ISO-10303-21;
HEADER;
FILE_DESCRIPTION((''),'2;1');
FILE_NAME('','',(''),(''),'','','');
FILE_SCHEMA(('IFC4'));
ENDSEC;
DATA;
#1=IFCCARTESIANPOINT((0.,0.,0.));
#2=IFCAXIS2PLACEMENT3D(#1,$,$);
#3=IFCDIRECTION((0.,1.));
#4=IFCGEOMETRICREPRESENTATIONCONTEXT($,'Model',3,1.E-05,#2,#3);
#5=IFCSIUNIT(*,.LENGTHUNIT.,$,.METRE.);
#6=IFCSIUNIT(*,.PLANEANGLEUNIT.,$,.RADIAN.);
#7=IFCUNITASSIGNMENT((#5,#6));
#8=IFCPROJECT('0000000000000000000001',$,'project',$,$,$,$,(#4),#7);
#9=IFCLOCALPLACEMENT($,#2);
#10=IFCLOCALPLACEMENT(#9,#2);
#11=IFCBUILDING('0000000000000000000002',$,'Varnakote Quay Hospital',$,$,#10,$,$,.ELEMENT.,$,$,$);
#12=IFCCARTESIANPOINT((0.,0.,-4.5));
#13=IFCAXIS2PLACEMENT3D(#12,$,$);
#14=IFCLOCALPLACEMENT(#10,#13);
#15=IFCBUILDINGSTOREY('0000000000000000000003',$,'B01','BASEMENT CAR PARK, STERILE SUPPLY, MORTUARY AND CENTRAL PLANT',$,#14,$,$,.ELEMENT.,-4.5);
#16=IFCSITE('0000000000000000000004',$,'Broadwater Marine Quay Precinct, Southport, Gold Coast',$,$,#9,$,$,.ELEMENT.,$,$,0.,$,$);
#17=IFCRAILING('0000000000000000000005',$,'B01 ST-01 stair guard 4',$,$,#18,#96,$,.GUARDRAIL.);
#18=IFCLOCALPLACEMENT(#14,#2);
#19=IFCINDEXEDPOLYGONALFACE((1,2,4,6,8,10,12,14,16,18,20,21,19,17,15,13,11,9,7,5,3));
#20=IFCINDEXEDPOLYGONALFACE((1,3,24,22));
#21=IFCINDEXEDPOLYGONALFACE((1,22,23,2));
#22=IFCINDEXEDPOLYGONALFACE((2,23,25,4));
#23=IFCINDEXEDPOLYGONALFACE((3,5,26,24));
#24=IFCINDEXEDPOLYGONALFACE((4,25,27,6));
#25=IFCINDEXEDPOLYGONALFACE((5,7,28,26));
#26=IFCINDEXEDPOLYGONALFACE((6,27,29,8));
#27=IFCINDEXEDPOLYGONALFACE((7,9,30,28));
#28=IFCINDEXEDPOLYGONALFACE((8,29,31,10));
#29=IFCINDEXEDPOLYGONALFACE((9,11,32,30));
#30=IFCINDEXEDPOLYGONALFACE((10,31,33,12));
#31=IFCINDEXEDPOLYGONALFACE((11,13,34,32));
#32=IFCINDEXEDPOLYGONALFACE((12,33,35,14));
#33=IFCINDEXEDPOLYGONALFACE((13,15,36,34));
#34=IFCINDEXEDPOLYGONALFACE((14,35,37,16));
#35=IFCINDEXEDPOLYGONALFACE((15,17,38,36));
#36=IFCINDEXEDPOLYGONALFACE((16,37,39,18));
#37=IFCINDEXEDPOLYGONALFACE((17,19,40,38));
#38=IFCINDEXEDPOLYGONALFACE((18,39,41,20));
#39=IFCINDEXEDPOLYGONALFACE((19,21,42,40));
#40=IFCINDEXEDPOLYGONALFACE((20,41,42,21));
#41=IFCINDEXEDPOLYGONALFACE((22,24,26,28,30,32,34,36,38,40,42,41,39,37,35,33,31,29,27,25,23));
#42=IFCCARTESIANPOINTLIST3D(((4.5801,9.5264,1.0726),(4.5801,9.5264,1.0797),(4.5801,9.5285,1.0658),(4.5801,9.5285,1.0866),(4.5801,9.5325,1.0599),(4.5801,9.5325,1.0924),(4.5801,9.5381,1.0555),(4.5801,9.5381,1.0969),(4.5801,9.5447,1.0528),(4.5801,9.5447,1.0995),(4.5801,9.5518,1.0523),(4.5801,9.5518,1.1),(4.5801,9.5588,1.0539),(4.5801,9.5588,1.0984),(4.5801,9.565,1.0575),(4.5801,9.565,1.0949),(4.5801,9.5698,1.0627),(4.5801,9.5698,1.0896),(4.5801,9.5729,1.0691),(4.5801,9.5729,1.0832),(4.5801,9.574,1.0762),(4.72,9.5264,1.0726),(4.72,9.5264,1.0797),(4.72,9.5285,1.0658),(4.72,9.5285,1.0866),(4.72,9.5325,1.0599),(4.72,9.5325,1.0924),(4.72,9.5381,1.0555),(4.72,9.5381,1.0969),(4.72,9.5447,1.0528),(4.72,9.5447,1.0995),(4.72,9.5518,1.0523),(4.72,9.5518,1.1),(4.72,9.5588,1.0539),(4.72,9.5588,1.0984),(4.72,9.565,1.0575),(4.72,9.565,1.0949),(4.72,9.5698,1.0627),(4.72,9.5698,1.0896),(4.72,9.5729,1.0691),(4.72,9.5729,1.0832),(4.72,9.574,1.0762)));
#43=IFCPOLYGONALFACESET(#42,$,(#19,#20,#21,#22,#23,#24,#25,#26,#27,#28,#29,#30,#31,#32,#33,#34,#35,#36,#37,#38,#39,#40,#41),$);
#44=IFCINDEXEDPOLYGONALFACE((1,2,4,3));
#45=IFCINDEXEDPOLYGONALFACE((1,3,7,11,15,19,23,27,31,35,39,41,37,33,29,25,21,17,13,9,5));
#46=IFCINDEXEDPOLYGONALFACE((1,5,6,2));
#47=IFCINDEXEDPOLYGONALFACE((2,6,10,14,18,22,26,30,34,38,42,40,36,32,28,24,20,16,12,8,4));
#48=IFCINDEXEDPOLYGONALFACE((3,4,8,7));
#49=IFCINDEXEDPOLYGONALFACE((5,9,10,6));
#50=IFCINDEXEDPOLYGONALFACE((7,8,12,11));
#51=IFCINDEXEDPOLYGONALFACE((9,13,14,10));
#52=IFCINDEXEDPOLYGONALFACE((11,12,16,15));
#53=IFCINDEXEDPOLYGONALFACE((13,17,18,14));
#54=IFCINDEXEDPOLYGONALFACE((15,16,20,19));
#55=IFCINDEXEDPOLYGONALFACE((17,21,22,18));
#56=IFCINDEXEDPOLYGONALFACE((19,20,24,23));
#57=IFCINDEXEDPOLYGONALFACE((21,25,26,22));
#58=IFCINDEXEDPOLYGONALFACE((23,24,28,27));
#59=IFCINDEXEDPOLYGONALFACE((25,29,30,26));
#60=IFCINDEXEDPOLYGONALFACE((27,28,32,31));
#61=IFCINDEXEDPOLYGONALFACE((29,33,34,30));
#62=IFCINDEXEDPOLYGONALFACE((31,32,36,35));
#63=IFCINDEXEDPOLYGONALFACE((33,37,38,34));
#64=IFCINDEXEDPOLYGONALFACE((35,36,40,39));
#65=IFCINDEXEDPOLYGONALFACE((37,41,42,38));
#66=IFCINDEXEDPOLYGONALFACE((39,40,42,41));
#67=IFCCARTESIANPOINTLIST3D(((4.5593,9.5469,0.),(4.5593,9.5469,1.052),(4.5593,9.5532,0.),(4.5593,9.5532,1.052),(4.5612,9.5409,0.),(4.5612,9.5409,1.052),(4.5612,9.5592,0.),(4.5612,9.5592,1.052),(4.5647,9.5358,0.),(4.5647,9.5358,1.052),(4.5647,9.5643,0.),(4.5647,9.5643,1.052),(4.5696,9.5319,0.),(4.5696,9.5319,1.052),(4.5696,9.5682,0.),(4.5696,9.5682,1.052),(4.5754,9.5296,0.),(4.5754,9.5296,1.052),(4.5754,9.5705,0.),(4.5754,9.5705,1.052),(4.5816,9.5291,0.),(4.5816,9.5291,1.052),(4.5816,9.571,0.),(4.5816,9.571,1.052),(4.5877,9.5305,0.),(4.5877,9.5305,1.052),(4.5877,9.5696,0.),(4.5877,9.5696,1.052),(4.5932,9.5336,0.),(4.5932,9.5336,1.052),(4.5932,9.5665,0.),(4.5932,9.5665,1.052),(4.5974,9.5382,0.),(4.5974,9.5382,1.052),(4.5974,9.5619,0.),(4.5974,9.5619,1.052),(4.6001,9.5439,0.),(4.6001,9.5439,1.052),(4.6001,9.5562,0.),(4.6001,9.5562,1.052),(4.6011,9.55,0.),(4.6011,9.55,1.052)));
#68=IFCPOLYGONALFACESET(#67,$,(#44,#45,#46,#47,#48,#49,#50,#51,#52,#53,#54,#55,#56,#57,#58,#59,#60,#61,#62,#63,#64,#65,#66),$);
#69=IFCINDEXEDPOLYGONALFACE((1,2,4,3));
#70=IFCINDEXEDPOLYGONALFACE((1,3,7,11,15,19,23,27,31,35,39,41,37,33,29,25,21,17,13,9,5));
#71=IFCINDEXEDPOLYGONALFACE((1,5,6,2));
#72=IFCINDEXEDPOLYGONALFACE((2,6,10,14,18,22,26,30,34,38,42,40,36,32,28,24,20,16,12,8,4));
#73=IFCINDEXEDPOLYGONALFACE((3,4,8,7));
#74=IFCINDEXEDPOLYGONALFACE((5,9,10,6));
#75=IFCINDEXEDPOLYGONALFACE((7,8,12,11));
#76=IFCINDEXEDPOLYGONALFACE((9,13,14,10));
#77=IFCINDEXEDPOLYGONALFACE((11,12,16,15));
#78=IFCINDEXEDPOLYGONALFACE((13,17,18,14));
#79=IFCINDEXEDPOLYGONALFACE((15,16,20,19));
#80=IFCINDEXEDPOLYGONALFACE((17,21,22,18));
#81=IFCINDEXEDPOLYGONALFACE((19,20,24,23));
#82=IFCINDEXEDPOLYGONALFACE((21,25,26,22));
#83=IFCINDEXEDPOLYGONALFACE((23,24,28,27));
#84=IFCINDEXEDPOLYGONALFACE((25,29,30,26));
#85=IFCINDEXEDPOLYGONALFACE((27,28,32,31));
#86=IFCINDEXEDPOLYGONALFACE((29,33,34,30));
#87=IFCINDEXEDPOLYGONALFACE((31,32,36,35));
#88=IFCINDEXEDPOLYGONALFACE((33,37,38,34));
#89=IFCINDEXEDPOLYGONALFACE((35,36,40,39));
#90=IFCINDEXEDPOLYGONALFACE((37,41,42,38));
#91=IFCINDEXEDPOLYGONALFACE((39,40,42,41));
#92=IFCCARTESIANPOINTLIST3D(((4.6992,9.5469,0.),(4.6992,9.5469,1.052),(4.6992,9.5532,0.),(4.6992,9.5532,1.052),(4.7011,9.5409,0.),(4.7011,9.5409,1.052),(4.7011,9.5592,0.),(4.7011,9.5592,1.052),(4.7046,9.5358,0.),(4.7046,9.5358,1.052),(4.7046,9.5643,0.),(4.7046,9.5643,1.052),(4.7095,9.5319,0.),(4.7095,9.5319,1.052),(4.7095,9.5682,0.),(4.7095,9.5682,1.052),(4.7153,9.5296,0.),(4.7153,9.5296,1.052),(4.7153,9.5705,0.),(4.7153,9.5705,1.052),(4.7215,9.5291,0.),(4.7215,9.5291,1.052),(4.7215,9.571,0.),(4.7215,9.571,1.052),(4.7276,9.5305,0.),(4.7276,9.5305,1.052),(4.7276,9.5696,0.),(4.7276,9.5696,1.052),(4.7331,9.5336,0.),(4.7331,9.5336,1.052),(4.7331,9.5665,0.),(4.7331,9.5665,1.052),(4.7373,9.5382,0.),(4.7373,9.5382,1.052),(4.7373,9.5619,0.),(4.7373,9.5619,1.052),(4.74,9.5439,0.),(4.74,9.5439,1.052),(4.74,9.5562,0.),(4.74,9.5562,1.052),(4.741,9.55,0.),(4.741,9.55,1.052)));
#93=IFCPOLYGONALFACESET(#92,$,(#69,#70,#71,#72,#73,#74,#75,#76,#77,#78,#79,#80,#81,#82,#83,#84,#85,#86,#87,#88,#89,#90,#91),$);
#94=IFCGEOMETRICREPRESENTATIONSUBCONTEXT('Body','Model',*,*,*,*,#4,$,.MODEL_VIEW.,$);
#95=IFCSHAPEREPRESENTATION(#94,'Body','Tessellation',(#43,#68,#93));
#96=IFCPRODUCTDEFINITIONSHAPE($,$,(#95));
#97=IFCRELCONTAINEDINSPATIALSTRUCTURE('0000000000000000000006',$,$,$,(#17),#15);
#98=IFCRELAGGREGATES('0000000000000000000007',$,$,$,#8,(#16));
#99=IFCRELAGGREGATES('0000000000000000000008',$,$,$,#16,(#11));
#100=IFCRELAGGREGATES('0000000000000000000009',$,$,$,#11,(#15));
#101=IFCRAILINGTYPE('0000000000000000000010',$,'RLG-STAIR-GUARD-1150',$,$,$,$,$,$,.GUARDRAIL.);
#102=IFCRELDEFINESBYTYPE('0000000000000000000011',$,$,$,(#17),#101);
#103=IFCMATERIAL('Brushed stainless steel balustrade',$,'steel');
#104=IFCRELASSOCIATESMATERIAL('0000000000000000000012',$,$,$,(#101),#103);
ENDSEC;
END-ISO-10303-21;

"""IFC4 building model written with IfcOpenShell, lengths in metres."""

from ifc_helpers import new_model, si_unit, direction, frame, origin, origin_2d, place, context, subcontext, project, spatial, circle, extrude, material, type_object, element, save


model = new_model("IFC4")

# Units and contexts
model_context = context("Model", 3, precision=1e-05, world=origin(), true_north=direction((0.0, 1.0)))
body_context = subcontext(model_context, "Body", "Model", "MODEL_VIEW")
ifc_project = project(units=[si_unit("LENGTHUNIT", "METRE"), si_unit("PLANEANGLEUNIT", "RADIAN")], contexts=[model_context])

# Site, building, storey
site_placement = place(None, origin())
site = spatial("IfcSite", under=ifc_project, at=site_placement, Name="Broadwater Marine Quay Precinct, Southport, Gold Coast", CompositionType="ELEMENT", RefElevation=0.0)
building_placement = place(site_placement, origin())
building = spatial("IfcBuilding", under=site, at=building_placement, Name="Varnakote Quay Hospital", CompositionType="ELEMENT")
storey_placement = place(building_placement, frame((0.0, 0.0, -4.5)))
storey = spatial("IfcBuildingStorey", under=building, at=storey_placement, Name="B01", Description="BASEMENT CAR PARK, STERILE SUPPLY, MORTUARY AND CENTRAL PLANT", CompositionType="ELEMENT", Elevation=-4.5)

# Railing
ifc_material_1 = material(Name="Brushed stainless steel balustrade", Category="steel")
railing_type_1 = type_object("IfcRailingType", Name="RLG-STAIR-GUARD-1150", PredefinedType="GUARDRAIL", material=ifc_material_1)
railing_1_placement = place(storey_placement, frame((4.5801, 9.55, 0.0)))
element("IfcRailing", 1, at=railing_1_placement, inside=storey, type_object=railing_type_1, Name="B01 ST-01 stair guard 4", PredefinedType="GUARDRAIL", context=body_context, shape_type="SweptSolid", body=[
    extrude(circle(Radius=0.0239, at=origin_2d()), frame((0.0, 0.0, 1.0762), z_axis=(1.0, 0.0, 0.0), x_axis=(0.0, 1.0, 0.0)), (0.0, 0.0, 1.0), 0.1399),
    extrude(circle(Radius=0.021, at=origin_2d()), origin(), (0.0, 0.0, 1.0), 1.052),
    extrude(circle(Radius=0.021, at=origin_2d()), frame((0.1399, 0.0, 0.0)), (0.0, 0.0, 1.0), 1.052),
])

save(model, "model.ifc")
